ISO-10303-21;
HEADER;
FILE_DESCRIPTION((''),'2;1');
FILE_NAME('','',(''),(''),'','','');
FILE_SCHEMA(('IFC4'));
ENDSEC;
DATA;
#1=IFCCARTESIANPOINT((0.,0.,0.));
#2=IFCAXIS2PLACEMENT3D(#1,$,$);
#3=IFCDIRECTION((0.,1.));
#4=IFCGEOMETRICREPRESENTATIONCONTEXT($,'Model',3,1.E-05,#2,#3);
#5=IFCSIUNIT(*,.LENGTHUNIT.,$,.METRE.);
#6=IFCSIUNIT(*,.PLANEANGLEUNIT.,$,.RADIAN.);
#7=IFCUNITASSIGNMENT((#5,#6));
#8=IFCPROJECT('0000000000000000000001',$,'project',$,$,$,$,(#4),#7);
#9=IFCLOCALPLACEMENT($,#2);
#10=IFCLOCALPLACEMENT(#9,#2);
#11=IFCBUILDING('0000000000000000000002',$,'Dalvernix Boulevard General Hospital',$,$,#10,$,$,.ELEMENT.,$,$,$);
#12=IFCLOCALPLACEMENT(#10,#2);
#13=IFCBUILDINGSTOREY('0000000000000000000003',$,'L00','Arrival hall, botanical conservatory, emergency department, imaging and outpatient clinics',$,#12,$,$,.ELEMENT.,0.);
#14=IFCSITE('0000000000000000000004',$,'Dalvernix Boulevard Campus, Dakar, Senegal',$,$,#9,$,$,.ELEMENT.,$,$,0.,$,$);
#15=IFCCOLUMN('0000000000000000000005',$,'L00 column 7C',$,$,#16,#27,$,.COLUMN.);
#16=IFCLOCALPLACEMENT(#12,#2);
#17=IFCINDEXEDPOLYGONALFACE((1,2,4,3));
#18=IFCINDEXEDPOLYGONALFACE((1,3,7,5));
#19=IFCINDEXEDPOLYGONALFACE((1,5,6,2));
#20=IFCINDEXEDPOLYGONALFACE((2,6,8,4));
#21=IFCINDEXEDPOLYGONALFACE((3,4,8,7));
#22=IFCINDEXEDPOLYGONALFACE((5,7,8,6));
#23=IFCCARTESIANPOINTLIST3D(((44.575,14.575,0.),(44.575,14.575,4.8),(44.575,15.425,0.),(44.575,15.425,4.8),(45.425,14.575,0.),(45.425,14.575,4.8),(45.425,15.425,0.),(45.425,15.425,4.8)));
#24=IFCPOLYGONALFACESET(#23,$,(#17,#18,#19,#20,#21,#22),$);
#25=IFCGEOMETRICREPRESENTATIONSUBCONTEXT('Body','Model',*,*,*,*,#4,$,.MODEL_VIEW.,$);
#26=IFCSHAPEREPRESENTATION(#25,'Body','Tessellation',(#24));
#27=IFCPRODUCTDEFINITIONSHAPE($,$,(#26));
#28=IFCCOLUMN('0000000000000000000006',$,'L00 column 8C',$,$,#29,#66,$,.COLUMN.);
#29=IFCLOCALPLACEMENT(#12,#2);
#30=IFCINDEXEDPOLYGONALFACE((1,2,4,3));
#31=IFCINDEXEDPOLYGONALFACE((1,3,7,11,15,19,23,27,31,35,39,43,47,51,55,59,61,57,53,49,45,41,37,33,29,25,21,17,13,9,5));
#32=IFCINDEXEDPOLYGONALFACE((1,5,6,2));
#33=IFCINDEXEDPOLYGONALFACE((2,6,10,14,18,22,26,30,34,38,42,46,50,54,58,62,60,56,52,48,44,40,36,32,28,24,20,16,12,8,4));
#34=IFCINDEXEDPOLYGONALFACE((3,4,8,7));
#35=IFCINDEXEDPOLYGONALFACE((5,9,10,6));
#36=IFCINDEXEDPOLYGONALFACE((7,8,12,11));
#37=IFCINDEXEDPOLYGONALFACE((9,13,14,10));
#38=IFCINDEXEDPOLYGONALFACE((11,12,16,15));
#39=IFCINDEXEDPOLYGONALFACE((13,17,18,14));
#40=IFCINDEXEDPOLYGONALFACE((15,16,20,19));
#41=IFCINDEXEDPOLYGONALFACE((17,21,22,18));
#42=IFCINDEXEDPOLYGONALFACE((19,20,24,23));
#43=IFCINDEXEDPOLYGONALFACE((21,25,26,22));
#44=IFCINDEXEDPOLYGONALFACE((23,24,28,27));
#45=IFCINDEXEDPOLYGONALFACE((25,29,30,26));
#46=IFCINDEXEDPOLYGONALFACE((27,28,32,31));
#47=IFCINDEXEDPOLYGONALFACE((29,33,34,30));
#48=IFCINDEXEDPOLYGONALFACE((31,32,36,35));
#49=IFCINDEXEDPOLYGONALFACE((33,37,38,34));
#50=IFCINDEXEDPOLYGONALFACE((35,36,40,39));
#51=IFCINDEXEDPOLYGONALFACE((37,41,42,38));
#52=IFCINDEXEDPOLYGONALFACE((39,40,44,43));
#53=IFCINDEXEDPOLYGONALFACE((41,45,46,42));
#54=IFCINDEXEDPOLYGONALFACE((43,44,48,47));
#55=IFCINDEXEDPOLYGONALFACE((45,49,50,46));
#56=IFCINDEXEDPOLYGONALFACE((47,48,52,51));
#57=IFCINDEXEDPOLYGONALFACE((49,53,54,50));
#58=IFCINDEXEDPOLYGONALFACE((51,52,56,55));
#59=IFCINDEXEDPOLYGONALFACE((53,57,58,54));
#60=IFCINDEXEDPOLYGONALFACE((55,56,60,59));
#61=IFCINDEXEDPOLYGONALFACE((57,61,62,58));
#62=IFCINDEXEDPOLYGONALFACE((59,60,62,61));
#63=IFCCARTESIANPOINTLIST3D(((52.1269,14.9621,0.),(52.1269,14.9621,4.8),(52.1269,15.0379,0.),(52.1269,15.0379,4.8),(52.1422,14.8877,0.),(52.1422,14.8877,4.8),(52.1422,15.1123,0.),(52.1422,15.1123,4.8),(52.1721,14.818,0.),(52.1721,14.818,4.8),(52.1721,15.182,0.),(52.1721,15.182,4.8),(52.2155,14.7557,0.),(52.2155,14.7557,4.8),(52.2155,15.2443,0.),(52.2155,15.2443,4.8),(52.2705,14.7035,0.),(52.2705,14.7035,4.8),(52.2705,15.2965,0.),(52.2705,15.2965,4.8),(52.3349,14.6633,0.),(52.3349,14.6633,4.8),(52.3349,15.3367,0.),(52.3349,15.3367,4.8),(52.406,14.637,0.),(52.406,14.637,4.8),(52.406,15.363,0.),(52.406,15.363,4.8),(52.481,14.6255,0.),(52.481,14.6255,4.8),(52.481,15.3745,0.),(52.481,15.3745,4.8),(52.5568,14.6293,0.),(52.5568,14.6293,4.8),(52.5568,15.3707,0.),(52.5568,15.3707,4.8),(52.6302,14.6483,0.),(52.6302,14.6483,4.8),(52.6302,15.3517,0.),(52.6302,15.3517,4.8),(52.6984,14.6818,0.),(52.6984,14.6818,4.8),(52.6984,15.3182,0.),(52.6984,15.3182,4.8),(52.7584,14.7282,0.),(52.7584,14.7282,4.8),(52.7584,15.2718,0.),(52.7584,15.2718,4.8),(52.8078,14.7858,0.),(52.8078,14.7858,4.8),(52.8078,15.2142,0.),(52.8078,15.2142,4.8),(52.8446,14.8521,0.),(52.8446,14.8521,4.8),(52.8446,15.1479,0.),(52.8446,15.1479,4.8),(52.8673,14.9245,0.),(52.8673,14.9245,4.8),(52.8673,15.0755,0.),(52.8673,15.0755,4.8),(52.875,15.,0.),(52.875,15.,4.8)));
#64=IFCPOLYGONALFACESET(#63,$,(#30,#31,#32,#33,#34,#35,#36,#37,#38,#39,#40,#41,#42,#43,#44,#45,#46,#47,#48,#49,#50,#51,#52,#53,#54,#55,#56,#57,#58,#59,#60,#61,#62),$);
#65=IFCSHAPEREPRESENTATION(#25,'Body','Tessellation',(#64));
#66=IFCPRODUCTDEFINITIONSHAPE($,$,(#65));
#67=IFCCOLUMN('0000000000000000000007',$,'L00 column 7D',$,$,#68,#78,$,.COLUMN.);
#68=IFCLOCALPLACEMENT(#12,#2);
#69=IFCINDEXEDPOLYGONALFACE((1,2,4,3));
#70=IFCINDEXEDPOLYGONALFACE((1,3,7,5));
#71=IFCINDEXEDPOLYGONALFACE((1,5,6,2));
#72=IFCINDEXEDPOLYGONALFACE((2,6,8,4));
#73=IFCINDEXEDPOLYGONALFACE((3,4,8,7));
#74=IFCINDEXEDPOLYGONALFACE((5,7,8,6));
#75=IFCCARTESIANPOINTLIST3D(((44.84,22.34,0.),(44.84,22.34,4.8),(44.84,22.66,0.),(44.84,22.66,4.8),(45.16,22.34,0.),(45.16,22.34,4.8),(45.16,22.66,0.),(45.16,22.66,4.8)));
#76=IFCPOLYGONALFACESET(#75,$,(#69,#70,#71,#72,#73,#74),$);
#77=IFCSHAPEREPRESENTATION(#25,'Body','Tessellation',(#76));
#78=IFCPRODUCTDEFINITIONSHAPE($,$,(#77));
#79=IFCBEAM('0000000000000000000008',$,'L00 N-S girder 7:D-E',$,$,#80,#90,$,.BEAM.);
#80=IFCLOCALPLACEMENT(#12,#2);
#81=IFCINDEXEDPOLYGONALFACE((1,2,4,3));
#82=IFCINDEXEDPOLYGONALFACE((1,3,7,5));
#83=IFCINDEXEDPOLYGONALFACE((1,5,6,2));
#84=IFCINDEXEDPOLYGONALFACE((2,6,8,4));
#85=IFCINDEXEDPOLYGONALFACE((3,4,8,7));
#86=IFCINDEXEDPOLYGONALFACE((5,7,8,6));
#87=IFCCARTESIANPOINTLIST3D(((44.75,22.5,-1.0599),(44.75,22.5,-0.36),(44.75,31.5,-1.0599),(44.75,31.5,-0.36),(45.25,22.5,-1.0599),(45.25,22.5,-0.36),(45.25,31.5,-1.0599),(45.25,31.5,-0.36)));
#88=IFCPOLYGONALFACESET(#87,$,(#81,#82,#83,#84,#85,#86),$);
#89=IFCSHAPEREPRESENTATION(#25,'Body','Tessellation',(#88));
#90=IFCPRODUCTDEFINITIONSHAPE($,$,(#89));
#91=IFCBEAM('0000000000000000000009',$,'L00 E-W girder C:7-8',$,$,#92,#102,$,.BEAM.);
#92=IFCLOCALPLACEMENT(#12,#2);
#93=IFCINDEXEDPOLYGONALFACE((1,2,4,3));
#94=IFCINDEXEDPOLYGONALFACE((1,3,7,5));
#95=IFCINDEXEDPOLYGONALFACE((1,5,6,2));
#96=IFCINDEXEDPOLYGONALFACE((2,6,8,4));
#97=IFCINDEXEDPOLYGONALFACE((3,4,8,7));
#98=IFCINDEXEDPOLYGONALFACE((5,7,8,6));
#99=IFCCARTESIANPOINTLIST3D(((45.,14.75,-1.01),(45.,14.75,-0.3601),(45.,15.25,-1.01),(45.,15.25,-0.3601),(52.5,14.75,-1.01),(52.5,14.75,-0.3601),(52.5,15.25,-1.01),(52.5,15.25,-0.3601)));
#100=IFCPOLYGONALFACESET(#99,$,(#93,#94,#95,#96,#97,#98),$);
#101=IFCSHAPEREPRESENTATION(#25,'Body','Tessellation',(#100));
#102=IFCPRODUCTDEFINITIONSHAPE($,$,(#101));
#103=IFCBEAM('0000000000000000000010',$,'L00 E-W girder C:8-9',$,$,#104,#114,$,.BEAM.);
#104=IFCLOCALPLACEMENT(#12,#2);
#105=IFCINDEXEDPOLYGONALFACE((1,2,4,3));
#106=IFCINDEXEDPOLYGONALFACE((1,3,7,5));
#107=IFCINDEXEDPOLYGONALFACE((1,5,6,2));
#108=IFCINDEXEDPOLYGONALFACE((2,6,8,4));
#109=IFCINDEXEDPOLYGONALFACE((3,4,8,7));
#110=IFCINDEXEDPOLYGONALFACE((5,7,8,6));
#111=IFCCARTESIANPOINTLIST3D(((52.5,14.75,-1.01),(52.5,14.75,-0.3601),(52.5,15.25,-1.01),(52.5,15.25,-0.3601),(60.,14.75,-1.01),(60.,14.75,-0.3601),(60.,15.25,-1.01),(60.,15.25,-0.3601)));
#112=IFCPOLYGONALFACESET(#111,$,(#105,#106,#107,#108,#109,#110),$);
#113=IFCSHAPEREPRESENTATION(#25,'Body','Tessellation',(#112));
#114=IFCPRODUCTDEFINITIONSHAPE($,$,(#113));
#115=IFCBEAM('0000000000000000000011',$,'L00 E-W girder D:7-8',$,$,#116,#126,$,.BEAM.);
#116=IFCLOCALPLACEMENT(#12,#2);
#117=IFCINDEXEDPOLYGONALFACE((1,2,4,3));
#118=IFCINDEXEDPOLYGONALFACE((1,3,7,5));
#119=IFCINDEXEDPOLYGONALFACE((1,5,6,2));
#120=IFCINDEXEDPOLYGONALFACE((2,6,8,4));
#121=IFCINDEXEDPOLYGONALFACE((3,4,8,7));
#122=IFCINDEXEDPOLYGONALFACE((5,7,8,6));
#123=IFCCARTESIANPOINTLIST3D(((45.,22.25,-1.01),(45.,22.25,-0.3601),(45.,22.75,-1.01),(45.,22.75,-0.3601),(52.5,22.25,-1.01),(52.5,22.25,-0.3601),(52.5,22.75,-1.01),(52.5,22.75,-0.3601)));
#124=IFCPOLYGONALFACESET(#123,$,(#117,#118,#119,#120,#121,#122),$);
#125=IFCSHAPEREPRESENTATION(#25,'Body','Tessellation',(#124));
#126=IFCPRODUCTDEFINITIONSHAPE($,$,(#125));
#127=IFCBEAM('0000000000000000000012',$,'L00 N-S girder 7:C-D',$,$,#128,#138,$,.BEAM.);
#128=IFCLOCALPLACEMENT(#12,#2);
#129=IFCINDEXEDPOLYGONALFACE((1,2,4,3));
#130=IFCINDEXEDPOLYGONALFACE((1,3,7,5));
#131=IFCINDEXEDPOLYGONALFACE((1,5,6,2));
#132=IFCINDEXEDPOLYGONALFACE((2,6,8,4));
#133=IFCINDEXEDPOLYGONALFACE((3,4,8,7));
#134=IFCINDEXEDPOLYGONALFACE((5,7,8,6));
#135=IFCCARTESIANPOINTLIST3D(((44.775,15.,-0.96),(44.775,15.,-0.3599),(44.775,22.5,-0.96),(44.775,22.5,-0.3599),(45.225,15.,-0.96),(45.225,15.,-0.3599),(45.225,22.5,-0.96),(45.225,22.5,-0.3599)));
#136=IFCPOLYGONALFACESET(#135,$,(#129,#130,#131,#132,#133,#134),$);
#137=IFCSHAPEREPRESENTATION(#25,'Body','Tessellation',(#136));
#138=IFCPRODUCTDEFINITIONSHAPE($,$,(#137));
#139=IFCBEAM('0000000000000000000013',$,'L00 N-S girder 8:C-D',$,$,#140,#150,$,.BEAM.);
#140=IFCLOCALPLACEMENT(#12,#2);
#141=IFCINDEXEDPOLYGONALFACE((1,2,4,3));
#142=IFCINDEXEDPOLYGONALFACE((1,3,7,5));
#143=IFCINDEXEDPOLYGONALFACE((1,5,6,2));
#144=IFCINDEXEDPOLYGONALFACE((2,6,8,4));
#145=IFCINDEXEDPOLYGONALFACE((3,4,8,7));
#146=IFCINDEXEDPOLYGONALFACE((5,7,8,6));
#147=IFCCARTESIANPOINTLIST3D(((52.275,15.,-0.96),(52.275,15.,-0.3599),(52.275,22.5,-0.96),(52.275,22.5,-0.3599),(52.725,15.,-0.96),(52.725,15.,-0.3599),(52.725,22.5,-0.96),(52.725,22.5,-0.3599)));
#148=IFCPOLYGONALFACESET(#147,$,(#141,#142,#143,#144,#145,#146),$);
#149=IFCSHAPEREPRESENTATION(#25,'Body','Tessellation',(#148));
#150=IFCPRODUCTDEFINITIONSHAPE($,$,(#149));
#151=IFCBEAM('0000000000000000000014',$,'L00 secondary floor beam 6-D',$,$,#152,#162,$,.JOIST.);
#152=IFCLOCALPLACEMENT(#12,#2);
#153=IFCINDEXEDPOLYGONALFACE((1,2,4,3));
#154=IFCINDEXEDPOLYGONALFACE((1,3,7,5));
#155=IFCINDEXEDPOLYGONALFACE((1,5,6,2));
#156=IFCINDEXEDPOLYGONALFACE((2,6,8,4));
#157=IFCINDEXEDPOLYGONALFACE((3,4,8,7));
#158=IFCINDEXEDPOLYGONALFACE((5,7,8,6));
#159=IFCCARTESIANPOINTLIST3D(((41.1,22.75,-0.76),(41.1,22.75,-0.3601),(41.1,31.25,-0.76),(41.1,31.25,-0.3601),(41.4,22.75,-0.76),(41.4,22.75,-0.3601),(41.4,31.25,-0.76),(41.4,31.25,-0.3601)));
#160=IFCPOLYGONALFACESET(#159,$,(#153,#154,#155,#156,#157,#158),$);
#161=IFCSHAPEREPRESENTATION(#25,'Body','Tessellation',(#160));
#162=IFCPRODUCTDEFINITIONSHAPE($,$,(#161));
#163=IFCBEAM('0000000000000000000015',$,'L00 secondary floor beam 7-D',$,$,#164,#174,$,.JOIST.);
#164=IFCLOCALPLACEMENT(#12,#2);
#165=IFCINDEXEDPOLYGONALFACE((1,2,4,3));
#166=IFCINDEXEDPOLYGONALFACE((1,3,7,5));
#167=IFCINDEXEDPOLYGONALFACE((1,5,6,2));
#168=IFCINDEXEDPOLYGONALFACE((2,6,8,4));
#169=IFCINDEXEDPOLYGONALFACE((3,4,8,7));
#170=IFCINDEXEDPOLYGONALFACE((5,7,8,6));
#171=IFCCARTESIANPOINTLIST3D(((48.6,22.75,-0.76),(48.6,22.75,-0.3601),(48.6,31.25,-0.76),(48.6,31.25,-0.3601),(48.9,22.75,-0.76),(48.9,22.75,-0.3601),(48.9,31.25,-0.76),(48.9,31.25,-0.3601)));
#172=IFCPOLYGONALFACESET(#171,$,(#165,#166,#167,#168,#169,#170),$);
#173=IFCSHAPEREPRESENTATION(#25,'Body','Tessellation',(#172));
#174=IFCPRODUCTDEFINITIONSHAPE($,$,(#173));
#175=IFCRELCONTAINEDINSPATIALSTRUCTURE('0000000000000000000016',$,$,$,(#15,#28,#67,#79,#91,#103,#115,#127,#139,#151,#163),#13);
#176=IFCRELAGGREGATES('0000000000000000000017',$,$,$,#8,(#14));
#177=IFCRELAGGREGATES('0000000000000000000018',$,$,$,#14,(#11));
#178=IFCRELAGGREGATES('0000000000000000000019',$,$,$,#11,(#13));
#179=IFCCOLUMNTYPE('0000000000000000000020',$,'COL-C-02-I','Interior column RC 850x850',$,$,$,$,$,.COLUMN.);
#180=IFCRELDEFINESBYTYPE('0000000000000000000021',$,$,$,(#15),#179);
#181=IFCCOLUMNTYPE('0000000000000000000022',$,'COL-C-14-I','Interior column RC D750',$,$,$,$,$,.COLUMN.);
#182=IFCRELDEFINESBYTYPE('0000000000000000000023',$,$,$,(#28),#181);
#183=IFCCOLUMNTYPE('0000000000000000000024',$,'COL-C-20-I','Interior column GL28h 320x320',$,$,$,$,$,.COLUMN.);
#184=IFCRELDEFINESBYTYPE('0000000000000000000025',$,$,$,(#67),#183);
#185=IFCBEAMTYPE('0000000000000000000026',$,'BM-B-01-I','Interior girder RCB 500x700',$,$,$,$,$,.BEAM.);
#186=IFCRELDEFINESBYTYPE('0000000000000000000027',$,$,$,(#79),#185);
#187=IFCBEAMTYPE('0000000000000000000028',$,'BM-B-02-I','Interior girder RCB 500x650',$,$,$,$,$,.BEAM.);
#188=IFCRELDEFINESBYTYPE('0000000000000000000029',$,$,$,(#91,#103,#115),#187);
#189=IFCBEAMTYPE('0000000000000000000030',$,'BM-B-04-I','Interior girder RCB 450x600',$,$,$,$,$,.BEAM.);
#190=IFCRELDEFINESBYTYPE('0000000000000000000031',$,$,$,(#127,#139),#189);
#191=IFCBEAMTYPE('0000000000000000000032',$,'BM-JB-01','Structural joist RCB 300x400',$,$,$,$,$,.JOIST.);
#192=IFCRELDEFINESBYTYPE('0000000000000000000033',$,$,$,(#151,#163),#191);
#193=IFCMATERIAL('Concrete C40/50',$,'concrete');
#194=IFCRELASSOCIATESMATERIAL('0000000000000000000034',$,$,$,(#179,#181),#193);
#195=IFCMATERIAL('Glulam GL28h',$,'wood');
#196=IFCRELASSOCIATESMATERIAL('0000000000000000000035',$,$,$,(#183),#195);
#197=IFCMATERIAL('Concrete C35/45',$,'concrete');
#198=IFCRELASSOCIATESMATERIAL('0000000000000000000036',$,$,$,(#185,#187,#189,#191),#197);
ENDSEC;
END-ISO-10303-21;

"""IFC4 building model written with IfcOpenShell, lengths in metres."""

from ifc_helpers import new_model, si_unit, direction, frame, origin, origin_2d, place, context, subcontext, project, spatial, rectangle, circle, extrude, material, material_profile, profile_set, type_object, element, save


model = new_model("IFC4")

# Units and contexts
model_context = context("Model", 3, precision=1e-05, world=origin(), true_north=direction((0.0, 1.0)))
body_context = subcontext(model_context, "Body", "Model", "MODEL_VIEW")
ifc_project = project(units=[si_unit("LENGTHUNIT", "METRE"), si_unit("PLANEANGLEUNIT", "RADIAN")], contexts=[model_context])

# Site, building, storey
site_placement = place(None, origin())
site = spatial("IfcSite", under=ifc_project, at=site_placement, Name="Dalvernix Boulevard Campus, Dakar, Senegal", CompositionType="ELEMENT", RefElevation=0.0)
building_placement = place(site_placement, origin())
building = spatial("IfcBuilding", under=site, at=building_placement, Name="Dalvernix Boulevard General Hospital", CompositionType="ELEMENT")
storey_placement = place(building_placement, origin())
storey = spatial("IfcBuildingStorey", under=building, at=storey_placement, Name="L00", Description="Arrival hall, botanical conservatory, emergency department, imaging and outpatient clinics", CompositionType="ELEMENT", Elevation=0.0)

# Columns
ifc_material_1 = material(Name="Concrete C40/50", Category="concrete")
ifc_material_profile_1 = material_profile(ifc_material_1, rectangle(XDim=0.8501, YDim=0.8501, at=origin_2d()), Name="RC 850x850")
ifc_profile_set_1 = profile_set([ifc_material_profile_1], Name="Concrete C40/50")
column_type_1 = type_object("IfcColumnType", Name="COL-C-02-I", Description="Interior column RC 850x850", PredefinedType="COLUMN", material=ifc_profile_set_1)
column_1_placement = place(storey_placement, frame((45.0, 15.0, 0.0), z_axis=(0.0, 0.0, 1.0), x_axis=(1.0, 0.0, 0.0)))
element("IfcColumn", 1, at=column_1_placement, inside=storey, type_object=column_type_1, Name="L00 column 7C", PredefinedType="COLUMN", context=body_context, shape_type="SweptSolid", body=[
    extrude(rectangle(XDim=0.8501, YDim=0.8501, at=origin_2d()), origin(), (0.0, 0.0, 1.0), 4.8),
])
ifc_material_profile_2 = material_profile(ifc_material_1, circle(Radius=0.375, at=origin_2d()), Name="RC D750")
ifc_profile_set_2 = profile_set([ifc_material_profile_2], Name="Concrete C40/50")
column_type_2 = type_object("IfcColumnType", Name="COL-C-14-I", Description="Interior column RC D750", PredefinedType="COLUMN", material=ifc_profile_set_2)
column_2_placement = place(storey_placement, frame((52.5, 15.0, 0.0), z_axis=(0.0, 0.0, 1.0), x_axis=(1.0, 0.0, 0.0)))
element("IfcColumn", 2, at=column_2_placement, inside=storey, type_object=column_type_2, Name="L00 column 8C", PredefinedType="COLUMN", context=body_context, shape_type="SweptSolid", body=[
    extrude(circle(Radius=0.375, at=origin_2d()), origin(), (0.0, 0.0, 1.0), 4.8),
])
ifc_material_2 = material(Name="Glulam GL28h", Category="wood")
ifc_material_profile_3 = material_profile(ifc_material_2, rectangle(XDim=0.3201, YDim=0.3201, at=origin_2d()), Name="GL28h 320x320")
ifc_profile_set_3 = profile_set([ifc_material_profile_3], Name="Glulam GL28h")
column_type_3 = type_object("IfcColumnType", Name="COL-C-20-I", Description="Interior column GL28h 320x320", PredefinedType="COLUMN", material=ifc_profile_set_3)
column_3_placement = place(storey_placement, frame((45.0, 22.5, 0.0), z_axis=(0.0, 0.0, 1.0), x_axis=(1.0, 0.0, 0.0)))
element("IfcColumn", 3, at=column_3_placement, inside=storey, type_object=column_type_3, Name="L00 column 7D", PredefinedType="COLUMN", context=body_context, shape_type="SweptSolid", body=[
    extrude(rectangle(XDim=0.3201, YDim=0.3201, at=origin_2d()), origin(), (0.0, 0.0, 1.0), 4.8),
])

# Beams
ifc_material_3 = material(Name="Concrete C35/45", Category="concrete")
ifc_material_profile_4 = material_profile(ifc_material_3, rectangle(XDim=0.5, YDim=0.7, at=origin_2d()), Name="RCB 500x700")
ifc_profile_set_4 = profile_set([ifc_material_profile_4], Name="Concrete C35/45")
beam_type_1 = type_object("IfcBeamType", Name="BM-B-01-I", Description="Interior girder RCB 500x700", PredefinedType="BEAM", material=ifc_profile_set_4)
beam_1_placement = place(storey_placement, frame((45.0, 22.5, -0.71), z_axis=(0.0, 1.0, 0.0), x_axis=(-1.0, 0.0, 0.0)))
element("IfcBeam", 4, at=beam_1_placement, inside=storey, type_object=beam_type_1, Name="L00 N-S girder 7:D-E", PredefinedType="BEAM", context=body_context, shape_type="SweptSolid", body=[
    extrude(rectangle(XDim=0.5, YDim=0.7, at=origin_2d()), origin(), (0.0, 0.0, 1.0), 9.0),
])
ifc_material_profile_5 = material_profile(ifc_material_3, rectangle(XDim=0.5, YDim=0.6499, at=origin_2d()), Name="RCB 500x650")
ifc_profile_set_5 = profile_set([ifc_material_profile_5], Name="Concrete C35/45")
beam_type_2 = type_object("IfcBeamType", Name="BM-B-02-I", Description="Interior girder RCB 500x650", PredefinedType="BEAM", material=ifc_profile_set_5)
for number, where, z_axis, x_axis, name in (
    (5, (45.0, 15.0, -0.6851), (1.0, 0.0, 0.0), (0.0, 1.0, 0.0), "L00 E-W girder C:7-8"),
    (6, (52.5, 15.0, -0.6851), (1.0, 0.0, 0.0), (0.0, 1.0, 0.0), "L00 E-W girder C:8-9"),
    (7, (45.0, 22.5, -0.6851), (1.0, 0.0, 0.0), (0.0, 1.0, 0.0), "L00 E-W girder D:7-8"),
):
    element("IfcBeam", number, at=place(storey_placement, frame(where, z_axis=z_axis, x_axis=x_axis)), inside=storey, type_object=beam_type_2, Name=name, PredefinedType="BEAM", context=body_context, shape_type="SweptSolid", body=[
        extrude(rectangle(XDim=0.5, YDim=0.6499, at=origin_2d()), origin(), (0.0, 0.0, 1.0), 7.5),
    ])
ifc_material_profile_6 = material_profile(ifc_material_3, rectangle(XDim=0.45, YDim=0.6001, at=origin_2d()), Name="RCB 450x600")
ifc_profile_set_6 = profile_set([ifc_material_profile_6], Name="Concrete C35/45")
beam_type_3 = type_object("IfcBeamType", Name="BM-B-04-I", Description="Interior girder RCB 450x600", PredefinedType="BEAM", material=ifc_profile_set_6)
for number, where, z_axis, x_axis, name in (
    (8, (45.0, 15.0, -0.6599), (0.0, 1.0, 0.0), (-1.0, 0.0, 0.0), "L00 N-S girder 7:C-D"),
    (9, (52.5, 15.0, -0.6599), (0.0, 1.0, 0.0), (-1.0, 0.0, 0.0), "L00 N-S girder 8:C-D"),
):
    element("IfcBeam", number, at=place(storey_placement, frame(where, z_axis=z_axis, x_axis=x_axis)), inside=storey, type_object=beam_type_3, Name=name, PredefinedType="BEAM", context=body_context, shape_type="SweptSolid", body=[
        extrude(rectangle(XDim=0.45, YDim=0.6001, at=origin_2d()), origin(), (0.0, 0.0, 1.0), 7.5),
    ])
ifc_material_profile_7 = material_profile(ifc_material_3, rectangle(XDim=0.3, YDim=0.3999, at=origin_2d()), Name="RCB 300x400")
ifc_profile_set_7 = profile_set([ifc_material_profile_7], Name="Concrete C35/45")
beam_type_4 = type_object("IfcBeamType", Name="BM-JB-01", Description="Structural joist RCB 300x400", PredefinedType="JOIST", material=ifc_profile_set_7)
for number, where, z_axis, x_axis, name in (
    (10, (41.25, 22.75, -0.5601), (0.0, 1.0, 0.0), (-1.0, 0.0, 0.0), "L00 secondary floor beam 6-D"),
    (11, (48.75, 22.75, -0.5601), (0.0, 1.0, 0.0), (-1.0, 0.0, 0.0), "L00 secondary floor beam 7-D"),
):
    element("IfcBeam", number, at=place(storey_placement, frame(where, z_axis=z_axis, x_axis=x_axis)), inside=storey, type_object=beam_type_4, Name=name, PredefinedType="JOIST", context=body_context, shape_type="SweptSolid", body=[
        extrude(rectangle(XDim=0.3, YDim=0.3999, at=origin_2d()), origin(), (0.0, 0.0, 1.0), 8.5),
    ])

save(model, "model.ifc")
